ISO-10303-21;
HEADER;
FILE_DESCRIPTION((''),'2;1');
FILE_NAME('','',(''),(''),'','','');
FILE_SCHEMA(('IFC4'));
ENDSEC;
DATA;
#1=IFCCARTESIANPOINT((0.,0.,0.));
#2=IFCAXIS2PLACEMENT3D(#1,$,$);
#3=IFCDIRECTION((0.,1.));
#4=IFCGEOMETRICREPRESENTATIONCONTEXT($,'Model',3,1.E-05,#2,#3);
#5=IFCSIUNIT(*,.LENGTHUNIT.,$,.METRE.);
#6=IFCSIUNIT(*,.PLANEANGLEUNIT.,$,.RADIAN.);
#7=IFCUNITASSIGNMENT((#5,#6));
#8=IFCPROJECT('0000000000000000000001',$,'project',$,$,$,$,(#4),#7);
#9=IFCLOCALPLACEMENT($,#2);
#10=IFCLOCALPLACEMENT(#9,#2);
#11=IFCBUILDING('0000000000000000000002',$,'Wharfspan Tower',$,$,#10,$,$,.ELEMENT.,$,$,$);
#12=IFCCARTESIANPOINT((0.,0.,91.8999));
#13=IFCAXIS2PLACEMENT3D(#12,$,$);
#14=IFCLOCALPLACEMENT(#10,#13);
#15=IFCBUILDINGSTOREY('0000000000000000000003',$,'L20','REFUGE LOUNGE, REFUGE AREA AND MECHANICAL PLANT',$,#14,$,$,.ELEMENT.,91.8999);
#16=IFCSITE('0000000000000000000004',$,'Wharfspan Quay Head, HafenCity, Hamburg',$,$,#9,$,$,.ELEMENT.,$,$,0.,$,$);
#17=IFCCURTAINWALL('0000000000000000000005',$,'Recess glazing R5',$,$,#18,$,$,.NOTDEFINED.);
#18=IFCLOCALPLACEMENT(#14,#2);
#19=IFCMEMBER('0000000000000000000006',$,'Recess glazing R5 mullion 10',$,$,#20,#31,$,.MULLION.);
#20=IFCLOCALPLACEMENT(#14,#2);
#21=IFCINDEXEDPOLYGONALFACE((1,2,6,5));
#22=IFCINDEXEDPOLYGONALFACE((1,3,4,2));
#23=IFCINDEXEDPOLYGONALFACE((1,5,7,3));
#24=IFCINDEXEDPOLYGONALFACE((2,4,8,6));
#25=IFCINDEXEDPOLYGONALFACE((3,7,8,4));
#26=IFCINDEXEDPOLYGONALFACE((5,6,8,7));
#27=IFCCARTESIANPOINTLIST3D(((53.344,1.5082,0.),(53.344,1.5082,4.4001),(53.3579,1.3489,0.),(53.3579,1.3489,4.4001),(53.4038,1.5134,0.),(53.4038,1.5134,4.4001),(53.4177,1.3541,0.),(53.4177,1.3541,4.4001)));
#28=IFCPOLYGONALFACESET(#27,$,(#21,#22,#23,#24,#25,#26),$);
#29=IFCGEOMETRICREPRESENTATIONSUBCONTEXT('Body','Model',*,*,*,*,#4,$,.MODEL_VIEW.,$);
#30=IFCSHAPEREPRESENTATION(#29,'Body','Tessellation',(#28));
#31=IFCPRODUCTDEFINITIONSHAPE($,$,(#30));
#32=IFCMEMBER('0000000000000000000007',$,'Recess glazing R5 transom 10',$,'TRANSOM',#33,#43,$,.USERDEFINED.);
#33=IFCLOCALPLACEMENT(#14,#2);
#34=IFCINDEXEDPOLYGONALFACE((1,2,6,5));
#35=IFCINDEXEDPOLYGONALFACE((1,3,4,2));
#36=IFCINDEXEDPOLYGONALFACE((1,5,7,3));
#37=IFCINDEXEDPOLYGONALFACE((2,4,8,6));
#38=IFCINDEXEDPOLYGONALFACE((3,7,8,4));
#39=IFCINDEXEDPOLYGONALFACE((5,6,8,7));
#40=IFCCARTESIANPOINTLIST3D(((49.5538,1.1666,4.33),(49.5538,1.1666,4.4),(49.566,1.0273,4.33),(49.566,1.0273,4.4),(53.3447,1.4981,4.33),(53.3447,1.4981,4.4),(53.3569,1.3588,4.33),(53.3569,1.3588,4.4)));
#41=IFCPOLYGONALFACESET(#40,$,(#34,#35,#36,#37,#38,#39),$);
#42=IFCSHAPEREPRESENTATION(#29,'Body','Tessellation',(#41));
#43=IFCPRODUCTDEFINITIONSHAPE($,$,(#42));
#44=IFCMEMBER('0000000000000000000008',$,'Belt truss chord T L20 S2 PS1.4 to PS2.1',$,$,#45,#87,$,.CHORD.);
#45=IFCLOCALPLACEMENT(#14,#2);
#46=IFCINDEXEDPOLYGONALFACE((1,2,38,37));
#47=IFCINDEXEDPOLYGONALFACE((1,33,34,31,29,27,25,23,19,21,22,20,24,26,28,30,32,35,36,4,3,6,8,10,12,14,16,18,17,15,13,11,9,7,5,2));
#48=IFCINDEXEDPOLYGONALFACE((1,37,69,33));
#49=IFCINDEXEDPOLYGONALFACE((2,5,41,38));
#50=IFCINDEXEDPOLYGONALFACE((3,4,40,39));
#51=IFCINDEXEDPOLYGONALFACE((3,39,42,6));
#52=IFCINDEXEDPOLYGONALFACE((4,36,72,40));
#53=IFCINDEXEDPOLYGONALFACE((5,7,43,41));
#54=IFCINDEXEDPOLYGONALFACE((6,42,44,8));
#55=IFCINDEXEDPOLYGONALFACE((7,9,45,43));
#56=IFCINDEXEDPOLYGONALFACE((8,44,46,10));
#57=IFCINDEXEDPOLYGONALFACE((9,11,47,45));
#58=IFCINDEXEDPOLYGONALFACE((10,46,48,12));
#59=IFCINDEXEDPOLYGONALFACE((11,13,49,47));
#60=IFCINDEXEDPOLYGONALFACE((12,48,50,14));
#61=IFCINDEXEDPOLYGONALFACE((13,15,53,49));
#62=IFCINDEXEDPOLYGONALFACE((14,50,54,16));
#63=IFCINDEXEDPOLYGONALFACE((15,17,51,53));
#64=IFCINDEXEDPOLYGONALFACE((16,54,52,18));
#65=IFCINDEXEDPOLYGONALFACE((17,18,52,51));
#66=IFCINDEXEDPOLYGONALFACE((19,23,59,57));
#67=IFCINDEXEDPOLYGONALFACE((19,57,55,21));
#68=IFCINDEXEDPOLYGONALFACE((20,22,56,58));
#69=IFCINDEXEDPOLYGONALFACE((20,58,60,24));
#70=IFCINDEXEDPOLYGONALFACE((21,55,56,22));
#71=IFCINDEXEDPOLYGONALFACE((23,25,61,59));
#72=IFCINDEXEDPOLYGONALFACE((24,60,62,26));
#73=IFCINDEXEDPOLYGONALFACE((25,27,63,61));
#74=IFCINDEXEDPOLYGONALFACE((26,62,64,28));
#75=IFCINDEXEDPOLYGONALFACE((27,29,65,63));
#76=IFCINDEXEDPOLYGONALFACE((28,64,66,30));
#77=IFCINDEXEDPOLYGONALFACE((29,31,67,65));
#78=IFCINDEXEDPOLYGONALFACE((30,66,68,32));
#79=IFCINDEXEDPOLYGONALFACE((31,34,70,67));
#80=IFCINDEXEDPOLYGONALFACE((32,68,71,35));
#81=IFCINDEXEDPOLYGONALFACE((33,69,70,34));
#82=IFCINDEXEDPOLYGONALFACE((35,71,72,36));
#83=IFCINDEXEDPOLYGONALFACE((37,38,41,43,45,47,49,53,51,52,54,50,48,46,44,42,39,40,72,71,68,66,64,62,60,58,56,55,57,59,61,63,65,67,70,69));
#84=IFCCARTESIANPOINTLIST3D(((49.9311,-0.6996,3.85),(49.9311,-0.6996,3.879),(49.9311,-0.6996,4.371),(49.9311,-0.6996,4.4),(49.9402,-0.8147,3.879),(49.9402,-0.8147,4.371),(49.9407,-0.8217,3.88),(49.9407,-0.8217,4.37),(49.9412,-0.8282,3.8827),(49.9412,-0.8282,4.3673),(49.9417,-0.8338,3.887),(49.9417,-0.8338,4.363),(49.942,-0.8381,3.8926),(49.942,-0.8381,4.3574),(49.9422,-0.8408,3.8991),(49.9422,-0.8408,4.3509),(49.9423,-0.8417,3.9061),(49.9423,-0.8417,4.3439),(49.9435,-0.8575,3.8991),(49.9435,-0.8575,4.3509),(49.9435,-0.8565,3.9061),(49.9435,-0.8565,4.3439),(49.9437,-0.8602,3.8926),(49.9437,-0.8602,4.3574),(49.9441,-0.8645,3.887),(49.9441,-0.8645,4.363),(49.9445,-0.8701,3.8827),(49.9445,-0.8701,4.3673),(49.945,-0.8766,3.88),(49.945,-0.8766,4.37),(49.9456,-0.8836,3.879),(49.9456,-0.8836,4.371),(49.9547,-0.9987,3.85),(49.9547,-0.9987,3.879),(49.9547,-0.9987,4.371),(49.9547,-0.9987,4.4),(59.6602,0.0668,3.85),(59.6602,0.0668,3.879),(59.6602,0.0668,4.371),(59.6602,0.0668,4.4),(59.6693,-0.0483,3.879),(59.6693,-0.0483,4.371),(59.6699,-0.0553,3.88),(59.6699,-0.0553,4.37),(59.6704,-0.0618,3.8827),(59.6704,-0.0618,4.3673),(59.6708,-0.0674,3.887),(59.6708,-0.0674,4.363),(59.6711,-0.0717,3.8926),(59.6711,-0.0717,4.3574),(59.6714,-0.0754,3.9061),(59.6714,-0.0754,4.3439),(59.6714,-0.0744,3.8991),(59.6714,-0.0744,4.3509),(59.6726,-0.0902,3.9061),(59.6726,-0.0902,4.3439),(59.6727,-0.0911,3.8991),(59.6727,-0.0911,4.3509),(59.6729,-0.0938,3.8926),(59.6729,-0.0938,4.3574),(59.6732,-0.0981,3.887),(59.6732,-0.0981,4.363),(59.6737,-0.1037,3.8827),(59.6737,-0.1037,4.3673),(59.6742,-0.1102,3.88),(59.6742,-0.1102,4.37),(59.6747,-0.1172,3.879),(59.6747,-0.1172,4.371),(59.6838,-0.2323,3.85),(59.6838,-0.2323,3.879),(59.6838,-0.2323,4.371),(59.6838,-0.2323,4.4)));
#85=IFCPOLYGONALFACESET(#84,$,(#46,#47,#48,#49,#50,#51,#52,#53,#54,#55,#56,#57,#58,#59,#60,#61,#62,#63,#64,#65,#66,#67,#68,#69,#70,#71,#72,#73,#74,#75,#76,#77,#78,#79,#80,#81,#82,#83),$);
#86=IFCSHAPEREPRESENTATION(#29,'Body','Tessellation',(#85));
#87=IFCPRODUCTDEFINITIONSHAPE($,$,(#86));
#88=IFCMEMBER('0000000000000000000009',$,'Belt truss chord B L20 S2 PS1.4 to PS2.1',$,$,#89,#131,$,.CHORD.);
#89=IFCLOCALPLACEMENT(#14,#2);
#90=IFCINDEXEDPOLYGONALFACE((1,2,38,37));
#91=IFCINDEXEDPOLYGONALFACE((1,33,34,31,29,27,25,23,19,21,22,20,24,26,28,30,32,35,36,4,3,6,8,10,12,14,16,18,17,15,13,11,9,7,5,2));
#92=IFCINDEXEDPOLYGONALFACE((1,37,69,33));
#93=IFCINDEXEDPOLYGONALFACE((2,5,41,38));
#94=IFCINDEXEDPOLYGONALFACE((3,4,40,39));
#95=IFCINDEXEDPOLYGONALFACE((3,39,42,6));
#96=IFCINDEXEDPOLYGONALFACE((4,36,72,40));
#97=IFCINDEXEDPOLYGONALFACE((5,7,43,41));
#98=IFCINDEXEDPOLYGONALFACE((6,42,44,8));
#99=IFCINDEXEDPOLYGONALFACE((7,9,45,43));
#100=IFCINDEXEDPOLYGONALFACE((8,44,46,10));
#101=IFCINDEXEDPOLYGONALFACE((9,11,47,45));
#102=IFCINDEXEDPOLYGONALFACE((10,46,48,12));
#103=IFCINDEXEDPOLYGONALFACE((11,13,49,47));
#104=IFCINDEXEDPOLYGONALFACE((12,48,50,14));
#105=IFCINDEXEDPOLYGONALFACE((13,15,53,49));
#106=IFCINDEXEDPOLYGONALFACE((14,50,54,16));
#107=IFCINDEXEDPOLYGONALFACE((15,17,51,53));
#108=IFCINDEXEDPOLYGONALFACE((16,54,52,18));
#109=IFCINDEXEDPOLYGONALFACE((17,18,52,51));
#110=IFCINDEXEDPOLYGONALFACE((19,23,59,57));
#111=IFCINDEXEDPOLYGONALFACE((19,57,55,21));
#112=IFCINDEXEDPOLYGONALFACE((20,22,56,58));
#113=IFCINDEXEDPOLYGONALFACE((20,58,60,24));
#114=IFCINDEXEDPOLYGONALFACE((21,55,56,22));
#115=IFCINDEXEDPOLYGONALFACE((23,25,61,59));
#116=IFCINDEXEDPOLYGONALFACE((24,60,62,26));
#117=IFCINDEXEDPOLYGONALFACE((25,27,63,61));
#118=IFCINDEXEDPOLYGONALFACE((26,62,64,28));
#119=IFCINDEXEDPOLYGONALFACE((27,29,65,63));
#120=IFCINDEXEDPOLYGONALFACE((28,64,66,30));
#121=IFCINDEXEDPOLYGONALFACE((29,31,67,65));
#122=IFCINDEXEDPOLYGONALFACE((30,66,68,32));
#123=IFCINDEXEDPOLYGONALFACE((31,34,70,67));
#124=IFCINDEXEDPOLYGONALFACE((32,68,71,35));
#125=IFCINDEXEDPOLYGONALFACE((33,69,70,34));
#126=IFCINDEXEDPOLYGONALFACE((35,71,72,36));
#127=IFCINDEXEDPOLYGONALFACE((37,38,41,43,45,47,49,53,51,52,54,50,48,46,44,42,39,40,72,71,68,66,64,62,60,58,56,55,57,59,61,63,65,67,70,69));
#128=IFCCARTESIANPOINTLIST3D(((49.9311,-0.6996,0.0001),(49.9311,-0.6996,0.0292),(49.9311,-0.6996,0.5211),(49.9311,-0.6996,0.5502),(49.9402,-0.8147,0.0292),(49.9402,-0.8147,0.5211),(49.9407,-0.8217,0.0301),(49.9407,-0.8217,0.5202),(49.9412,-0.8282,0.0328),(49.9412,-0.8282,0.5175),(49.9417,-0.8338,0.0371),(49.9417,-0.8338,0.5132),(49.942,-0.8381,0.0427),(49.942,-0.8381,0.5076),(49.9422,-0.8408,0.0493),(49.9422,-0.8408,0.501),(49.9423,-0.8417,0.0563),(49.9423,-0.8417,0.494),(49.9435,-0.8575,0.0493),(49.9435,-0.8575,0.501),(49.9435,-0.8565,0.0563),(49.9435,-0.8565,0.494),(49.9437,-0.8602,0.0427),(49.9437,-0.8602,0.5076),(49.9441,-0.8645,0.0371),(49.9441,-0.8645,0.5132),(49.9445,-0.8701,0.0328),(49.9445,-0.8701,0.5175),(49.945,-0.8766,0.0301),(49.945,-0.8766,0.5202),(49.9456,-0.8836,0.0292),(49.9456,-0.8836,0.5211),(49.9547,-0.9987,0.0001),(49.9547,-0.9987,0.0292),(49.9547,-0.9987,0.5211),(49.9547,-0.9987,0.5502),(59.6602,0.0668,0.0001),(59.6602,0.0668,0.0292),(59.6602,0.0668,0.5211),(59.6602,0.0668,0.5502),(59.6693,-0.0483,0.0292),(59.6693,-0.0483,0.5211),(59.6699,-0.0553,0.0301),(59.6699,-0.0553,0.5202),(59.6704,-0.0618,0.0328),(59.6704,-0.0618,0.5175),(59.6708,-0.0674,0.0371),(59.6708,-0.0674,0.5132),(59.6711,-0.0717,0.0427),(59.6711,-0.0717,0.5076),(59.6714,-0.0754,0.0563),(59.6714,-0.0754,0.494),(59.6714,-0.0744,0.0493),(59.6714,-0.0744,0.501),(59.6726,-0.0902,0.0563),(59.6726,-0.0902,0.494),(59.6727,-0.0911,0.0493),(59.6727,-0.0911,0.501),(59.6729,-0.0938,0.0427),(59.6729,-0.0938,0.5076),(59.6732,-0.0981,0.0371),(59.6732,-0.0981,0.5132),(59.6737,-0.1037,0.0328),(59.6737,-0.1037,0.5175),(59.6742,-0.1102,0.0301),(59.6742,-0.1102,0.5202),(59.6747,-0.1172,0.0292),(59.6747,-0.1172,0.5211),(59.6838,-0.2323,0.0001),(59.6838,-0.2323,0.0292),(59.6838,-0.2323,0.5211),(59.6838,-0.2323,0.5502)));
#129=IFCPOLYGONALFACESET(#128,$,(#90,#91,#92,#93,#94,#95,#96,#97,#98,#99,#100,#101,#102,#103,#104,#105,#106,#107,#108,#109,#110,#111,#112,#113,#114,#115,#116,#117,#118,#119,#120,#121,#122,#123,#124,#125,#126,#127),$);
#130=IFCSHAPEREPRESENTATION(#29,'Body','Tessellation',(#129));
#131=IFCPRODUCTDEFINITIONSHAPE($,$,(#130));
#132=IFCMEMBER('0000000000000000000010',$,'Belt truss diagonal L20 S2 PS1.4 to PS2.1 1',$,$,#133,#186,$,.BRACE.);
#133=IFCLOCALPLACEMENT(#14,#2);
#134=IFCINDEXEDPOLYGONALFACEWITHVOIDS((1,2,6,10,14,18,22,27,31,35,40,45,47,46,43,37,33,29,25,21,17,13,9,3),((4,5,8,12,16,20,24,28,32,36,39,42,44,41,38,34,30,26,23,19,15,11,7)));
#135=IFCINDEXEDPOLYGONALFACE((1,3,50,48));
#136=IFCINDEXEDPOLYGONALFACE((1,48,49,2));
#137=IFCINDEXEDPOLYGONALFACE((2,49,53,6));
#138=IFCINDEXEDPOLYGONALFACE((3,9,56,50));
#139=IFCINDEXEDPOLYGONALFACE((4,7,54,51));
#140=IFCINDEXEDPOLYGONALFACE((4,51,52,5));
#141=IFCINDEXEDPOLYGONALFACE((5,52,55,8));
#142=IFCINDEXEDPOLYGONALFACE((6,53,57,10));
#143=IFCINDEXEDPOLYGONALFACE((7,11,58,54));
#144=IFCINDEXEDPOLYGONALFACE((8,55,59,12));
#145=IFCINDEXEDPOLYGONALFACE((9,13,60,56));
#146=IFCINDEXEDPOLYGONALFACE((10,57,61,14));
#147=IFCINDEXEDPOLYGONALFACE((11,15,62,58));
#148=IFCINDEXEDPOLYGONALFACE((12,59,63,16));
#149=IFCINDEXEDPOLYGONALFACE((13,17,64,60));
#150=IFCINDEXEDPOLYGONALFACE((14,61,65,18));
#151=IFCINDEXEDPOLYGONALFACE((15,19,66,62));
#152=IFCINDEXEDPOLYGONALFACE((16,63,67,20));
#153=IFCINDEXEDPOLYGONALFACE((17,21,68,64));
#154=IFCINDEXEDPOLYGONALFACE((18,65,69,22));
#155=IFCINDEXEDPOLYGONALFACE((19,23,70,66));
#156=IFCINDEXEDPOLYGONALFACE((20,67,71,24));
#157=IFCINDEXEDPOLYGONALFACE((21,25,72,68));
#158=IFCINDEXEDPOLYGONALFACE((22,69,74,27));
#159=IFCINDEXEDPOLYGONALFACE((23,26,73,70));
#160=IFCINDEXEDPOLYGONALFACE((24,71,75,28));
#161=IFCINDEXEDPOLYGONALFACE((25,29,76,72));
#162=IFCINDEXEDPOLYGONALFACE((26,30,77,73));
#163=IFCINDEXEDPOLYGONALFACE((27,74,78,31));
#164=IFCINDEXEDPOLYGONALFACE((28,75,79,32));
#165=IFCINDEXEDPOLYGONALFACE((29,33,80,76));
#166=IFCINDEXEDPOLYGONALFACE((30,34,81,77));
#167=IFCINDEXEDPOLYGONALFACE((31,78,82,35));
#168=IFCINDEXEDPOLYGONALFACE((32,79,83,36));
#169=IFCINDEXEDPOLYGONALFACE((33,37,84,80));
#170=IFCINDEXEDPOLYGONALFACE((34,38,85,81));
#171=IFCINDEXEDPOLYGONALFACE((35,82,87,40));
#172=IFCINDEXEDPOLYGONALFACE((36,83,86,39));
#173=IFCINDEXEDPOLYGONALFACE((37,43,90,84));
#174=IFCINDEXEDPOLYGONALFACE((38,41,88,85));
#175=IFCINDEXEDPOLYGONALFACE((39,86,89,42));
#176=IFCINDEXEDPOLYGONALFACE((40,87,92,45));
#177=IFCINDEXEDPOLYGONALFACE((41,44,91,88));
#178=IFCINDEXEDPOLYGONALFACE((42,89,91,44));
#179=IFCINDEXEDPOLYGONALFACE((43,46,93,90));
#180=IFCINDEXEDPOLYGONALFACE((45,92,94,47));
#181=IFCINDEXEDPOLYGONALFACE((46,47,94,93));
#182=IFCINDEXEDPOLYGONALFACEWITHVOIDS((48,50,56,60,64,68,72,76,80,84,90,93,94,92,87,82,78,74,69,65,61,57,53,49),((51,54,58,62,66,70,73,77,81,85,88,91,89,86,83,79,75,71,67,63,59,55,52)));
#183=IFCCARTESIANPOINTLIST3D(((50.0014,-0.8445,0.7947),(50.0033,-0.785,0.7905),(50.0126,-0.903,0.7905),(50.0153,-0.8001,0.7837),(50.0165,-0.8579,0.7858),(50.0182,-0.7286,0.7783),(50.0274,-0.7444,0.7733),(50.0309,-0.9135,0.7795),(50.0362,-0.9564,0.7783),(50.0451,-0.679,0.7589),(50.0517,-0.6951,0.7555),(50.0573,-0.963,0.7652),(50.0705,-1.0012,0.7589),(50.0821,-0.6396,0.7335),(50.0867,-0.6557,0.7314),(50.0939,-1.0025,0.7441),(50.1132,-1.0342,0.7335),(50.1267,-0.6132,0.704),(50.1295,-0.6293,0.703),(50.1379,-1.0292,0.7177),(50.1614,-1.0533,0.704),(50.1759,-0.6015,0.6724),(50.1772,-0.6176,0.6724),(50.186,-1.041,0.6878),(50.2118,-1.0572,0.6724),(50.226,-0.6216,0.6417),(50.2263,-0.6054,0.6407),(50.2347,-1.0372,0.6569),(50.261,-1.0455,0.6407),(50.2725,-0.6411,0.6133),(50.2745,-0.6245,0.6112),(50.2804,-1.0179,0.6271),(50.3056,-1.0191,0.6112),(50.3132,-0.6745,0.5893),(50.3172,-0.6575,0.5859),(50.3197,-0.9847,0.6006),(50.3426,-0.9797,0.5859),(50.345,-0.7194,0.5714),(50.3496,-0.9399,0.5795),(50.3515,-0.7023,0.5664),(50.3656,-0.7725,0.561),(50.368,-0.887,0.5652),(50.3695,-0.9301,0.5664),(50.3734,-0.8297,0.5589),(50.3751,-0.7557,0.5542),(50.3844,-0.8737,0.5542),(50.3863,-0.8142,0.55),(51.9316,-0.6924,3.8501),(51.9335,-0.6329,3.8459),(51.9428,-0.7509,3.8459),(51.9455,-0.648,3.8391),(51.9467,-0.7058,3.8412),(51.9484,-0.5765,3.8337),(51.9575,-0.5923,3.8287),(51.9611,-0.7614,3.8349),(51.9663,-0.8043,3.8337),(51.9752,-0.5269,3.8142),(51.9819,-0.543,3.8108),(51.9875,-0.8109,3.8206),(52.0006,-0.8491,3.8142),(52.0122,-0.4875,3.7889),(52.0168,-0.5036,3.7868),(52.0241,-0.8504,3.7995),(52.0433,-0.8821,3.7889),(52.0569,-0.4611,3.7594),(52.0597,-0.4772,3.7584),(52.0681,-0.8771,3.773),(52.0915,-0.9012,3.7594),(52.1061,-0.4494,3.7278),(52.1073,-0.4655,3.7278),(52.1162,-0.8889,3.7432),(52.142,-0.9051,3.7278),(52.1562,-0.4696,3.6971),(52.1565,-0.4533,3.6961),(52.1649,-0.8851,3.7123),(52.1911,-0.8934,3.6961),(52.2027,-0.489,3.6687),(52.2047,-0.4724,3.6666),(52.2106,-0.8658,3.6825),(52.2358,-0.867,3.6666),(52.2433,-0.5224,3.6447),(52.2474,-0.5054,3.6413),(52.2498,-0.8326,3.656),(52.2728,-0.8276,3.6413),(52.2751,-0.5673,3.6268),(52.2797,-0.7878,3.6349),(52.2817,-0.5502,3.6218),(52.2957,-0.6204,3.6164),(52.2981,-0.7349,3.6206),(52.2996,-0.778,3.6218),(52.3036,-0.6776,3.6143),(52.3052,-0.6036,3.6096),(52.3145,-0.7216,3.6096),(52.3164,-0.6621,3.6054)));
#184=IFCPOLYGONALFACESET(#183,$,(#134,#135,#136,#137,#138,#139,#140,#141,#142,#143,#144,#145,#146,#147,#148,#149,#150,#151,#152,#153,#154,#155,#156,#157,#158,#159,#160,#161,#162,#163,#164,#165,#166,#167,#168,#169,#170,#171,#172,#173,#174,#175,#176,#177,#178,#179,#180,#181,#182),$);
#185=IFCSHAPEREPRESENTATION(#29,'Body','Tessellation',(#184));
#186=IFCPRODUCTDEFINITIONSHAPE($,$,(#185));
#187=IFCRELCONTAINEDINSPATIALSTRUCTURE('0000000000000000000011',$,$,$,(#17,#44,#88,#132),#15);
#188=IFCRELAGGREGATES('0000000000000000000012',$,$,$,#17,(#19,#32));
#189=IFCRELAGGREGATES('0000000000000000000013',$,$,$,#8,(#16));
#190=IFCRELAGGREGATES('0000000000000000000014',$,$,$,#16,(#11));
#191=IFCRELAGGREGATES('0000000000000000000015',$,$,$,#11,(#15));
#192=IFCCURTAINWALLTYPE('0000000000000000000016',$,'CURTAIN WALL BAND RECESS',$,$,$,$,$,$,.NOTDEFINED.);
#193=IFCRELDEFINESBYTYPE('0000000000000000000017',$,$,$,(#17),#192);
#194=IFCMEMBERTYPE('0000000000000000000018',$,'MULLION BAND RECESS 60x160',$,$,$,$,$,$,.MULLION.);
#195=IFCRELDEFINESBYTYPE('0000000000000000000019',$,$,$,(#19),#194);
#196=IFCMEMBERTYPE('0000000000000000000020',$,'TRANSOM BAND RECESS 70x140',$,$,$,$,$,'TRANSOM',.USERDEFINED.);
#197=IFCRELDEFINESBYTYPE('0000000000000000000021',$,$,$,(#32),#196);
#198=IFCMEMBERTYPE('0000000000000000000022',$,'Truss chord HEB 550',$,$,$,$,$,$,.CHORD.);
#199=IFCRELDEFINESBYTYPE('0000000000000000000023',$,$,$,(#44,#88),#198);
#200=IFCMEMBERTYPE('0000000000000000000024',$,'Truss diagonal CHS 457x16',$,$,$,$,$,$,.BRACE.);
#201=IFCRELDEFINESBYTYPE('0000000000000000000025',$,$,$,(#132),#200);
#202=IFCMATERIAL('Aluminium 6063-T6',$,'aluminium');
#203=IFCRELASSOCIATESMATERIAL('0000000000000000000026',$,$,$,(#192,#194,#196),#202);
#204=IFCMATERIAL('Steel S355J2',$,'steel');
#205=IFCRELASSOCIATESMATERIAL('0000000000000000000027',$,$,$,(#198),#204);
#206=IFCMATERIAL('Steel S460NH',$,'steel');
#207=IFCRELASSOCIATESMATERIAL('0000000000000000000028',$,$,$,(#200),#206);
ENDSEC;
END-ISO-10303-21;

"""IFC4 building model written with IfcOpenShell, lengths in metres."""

from ifc_helpers import new_model, si_unit, direction, frame, origin, origin_2d, place, context, subcontext, project, spatial, rectangle, hollow_circle, i_section, extrude, material, material_profile, profile_set, type_object, element, aggregate, save


model = new_model("IFC4")

# Units and contexts
model_context = context("Model", 3, precision=1e-05, world=origin(), true_north=direction((0.0, 1.0)))
body_context = subcontext(model_context, "Body", "Model", "MODEL_VIEW")
ifc_project = project(units=[si_unit("LENGTHUNIT", "METRE"), si_unit("PLANEANGLEUNIT", "RADIAN")], contexts=[model_context])

# Site, building, storey
site_placement = place(None, origin())
site = spatial("IfcSite", under=ifc_project, at=site_placement, Name="Wharfspan Quay Head, HafenCity, Hamburg", CompositionType="ELEMENT", RefElevation=0.0)
building_placement = place(site_placement, origin())
building = spatial("IfcBuilding", under=site, at=building_placement, Name="Wharfspan Tower", CompositionType="ELEMENT")
storey_placement = place(building_placement, frame((0.0, 0.0, 91.8999)))
storey = spatial("IfcBuildingStorey", under=building, at=storey_placement, Name="L20", Description="REFUGE LOUNGE, REFUGE AREA AND MECHANICAL PLANT", CompositionType="ELEMENT", Elevation=91.8999)

# Curtain wall, members
ifc_material_1 = material(Name="Aluminium 6063-T6", Category="aluminium")
curtain_wall_type = type_object("IfcCurtainWallType", Name="CURTAIN WALL BAND RECESS", PredefinedType="NOTDEFINED", material=ifc_material_1)
curtain_wall_placement = place(storey_placement, origin())
curtain_wall = element("IfcCurtainWall", 1, at=curtain_wall_placement, inside=storey, type_object=curtain_wall_type, Name="Recess glazing R5", PredefinedType="NOTDEFINED")
ifc_material_profile_1 = material_profile(ifc_material_1, rectangle(XDim=0.1599, YDim=0.0601, at=origin_2d()))
ifc_profile_set_1 = profile_set([ifc_material_profile_1], Name="Aluminium 6063-T6")
member_type_1 = type_object("IfcMemberType", Name="MULLION BAND RECESS 60x160", PredefinedType="MULLION", material=ifc_profile_set_1)
member_1_placement = place(storey_placement, frame((53.3809, 1.4312, 0.0), z_axis=(0.0, 0.0, 1.0), x_axis=(0.087156, -0.996198, 0.0)))
member_1 = element("IfcMember", 2, at=member_1_placement, type_object=member_type_1, Name="Recess glazing R5 mullion 10", PredefinedType="MULLION", context=body_context, shape_type="SweptSolid", body=[
    extrude(rectangle(XDim=0.1599, YDim=0.0601, at=origin_2d()), origin(), (0.0, 0.0, 1.0), 4.4001),
])
ifc_material_profile_2 = material_profile(ifc_material_1, rectangle(XDim=0.1399, YDim=0.0701, at=origin_2d()))
ifc_profile_set_2 = profile_set([ifc_material_profile_2], Name="Aluminium 6063-T6")
member_type_2 = type_object("IfcMemberType", Name="TRANSOM BAND RECESS 70x140", ElementType="TRANSOM", PredefinedType="USERDEFINED", material=ifc_profile_set_2)
member_2_placement = place(storey_placement, frame((53.3508, 1.4285, 4.365), z_axis=(-0.996198, -0.087122, 0.0), x_axis=(0.087122, -0.996198, 0.0)))
member_2 = element("IfcMember", 3, at=member_2_placement, type_object=member_type_2, Name="Recess glazing R5 transom 10", ObjectType="TRANSOM", PredefinedType="USERDEFINED", context=body_context, shape_type="SweptSolid", body=[
    extrude(rectangle(XDim=0.1399, YDim=0.0701, at=origin_2d()), origin(), (0.0, 0.0, 1.0), 3.8054),
])

# Members
ifc_material_2 = material(Name="Steel S355J2", Category="steel")
ifc_material_profile_3 = material_profile(ifc_material_2, i_section(OverallWidth=0.3, OverallDepth=0.55, WebThickness=0.0149, FlangeThickness=0.0291, FilletRadius=0.0271, at=origin_2d()))
ifc_profile_set_3 = profile_set([ifc_material_profile_3], Name="Steel S355J2")
member_type_3 = type_object("IfcMemberType", Name="Truss chord HEB 550", PredefinedType="CHORD", material=ifc_profile_set_3)
for number, where, z_axis, x_axis, name in (
    (4, (49.9429, -0.8491, 4.125), (0.996912, 0.078525, 0.0), (-0.078525, 0.996912, 0.0), "Belt truss chord T L20 S2 PS1.4 to PS2.1"),
    (5, (49.9429, -0.8491, 0.2751), (0.996912, 0.078525, 0.0), (-0.078525, 0.996912, 0.0), "Belt truss chord B L20 S2 PS1.4 to PS2.1"),
):
    element("IfcMember", number, at=place(storey_placement, frame(where, z_axis=z_axis, x_axis=x_axis)), inside=storey, type_object=member_type_3, Name=name, PredefinedType="CHORD", context=body_context, shape_type="SweptSolid", body=[
        extrude(i_section(OverallWidth=0.3, OverallDepth=0.55, WebThickness=0.0149, FlangeThickness=0.0291, FilletRadius=0.0271, at=origin_2d()), origin(), (0.0, 0.0, 1.0), 9.7593),
    ])
ifc_material_3 = material(Name="Steel S460NH", Category="steel")
ifc_material_profile_4 = material_profile(ifc_material_3, hollow_circle(Radius=0.2285, WallThickness=0.0161, at=origin_2d()))
ifc_profile_set_4 = profile_set([ifc_material_profile_4], Name="Steel S460NH")
member_type_4 = type_object("IfcMemberType", Name="Truss diagonal CHS 457x16", PredefinedType="BRACE", material=ifc_profile_set_4)
for number, where, z_axis, x_axis, name in (
    (6, (50.1938, -0.8293, 0.6724), (0.533607, 0.042049, 0.844687), (-0.078555, 0.996913, -0.000002), "Belt truss diagonal L20 S2 PS1.4 to PS2.1 1"),
):
    element("IfcMember", number, at=place(storey_placement, frame(where, z_axis=z_axis, x_axis=x_axis)), inside=storey, type_object=member_type_4, Name=name, PredefinedType="BRACE", context=body_context, shape_type="SweptSolid", body=[
        extrude(hollow_circle(Radius=0.2285, WallThickness=0.0161, at=origin_2d()), origin(), (0.0, 0.0, 1.0), 3.6172),
    ])

aggregate(curtain_wall, [member_1, member_2])

save(model, "model.ifc")
